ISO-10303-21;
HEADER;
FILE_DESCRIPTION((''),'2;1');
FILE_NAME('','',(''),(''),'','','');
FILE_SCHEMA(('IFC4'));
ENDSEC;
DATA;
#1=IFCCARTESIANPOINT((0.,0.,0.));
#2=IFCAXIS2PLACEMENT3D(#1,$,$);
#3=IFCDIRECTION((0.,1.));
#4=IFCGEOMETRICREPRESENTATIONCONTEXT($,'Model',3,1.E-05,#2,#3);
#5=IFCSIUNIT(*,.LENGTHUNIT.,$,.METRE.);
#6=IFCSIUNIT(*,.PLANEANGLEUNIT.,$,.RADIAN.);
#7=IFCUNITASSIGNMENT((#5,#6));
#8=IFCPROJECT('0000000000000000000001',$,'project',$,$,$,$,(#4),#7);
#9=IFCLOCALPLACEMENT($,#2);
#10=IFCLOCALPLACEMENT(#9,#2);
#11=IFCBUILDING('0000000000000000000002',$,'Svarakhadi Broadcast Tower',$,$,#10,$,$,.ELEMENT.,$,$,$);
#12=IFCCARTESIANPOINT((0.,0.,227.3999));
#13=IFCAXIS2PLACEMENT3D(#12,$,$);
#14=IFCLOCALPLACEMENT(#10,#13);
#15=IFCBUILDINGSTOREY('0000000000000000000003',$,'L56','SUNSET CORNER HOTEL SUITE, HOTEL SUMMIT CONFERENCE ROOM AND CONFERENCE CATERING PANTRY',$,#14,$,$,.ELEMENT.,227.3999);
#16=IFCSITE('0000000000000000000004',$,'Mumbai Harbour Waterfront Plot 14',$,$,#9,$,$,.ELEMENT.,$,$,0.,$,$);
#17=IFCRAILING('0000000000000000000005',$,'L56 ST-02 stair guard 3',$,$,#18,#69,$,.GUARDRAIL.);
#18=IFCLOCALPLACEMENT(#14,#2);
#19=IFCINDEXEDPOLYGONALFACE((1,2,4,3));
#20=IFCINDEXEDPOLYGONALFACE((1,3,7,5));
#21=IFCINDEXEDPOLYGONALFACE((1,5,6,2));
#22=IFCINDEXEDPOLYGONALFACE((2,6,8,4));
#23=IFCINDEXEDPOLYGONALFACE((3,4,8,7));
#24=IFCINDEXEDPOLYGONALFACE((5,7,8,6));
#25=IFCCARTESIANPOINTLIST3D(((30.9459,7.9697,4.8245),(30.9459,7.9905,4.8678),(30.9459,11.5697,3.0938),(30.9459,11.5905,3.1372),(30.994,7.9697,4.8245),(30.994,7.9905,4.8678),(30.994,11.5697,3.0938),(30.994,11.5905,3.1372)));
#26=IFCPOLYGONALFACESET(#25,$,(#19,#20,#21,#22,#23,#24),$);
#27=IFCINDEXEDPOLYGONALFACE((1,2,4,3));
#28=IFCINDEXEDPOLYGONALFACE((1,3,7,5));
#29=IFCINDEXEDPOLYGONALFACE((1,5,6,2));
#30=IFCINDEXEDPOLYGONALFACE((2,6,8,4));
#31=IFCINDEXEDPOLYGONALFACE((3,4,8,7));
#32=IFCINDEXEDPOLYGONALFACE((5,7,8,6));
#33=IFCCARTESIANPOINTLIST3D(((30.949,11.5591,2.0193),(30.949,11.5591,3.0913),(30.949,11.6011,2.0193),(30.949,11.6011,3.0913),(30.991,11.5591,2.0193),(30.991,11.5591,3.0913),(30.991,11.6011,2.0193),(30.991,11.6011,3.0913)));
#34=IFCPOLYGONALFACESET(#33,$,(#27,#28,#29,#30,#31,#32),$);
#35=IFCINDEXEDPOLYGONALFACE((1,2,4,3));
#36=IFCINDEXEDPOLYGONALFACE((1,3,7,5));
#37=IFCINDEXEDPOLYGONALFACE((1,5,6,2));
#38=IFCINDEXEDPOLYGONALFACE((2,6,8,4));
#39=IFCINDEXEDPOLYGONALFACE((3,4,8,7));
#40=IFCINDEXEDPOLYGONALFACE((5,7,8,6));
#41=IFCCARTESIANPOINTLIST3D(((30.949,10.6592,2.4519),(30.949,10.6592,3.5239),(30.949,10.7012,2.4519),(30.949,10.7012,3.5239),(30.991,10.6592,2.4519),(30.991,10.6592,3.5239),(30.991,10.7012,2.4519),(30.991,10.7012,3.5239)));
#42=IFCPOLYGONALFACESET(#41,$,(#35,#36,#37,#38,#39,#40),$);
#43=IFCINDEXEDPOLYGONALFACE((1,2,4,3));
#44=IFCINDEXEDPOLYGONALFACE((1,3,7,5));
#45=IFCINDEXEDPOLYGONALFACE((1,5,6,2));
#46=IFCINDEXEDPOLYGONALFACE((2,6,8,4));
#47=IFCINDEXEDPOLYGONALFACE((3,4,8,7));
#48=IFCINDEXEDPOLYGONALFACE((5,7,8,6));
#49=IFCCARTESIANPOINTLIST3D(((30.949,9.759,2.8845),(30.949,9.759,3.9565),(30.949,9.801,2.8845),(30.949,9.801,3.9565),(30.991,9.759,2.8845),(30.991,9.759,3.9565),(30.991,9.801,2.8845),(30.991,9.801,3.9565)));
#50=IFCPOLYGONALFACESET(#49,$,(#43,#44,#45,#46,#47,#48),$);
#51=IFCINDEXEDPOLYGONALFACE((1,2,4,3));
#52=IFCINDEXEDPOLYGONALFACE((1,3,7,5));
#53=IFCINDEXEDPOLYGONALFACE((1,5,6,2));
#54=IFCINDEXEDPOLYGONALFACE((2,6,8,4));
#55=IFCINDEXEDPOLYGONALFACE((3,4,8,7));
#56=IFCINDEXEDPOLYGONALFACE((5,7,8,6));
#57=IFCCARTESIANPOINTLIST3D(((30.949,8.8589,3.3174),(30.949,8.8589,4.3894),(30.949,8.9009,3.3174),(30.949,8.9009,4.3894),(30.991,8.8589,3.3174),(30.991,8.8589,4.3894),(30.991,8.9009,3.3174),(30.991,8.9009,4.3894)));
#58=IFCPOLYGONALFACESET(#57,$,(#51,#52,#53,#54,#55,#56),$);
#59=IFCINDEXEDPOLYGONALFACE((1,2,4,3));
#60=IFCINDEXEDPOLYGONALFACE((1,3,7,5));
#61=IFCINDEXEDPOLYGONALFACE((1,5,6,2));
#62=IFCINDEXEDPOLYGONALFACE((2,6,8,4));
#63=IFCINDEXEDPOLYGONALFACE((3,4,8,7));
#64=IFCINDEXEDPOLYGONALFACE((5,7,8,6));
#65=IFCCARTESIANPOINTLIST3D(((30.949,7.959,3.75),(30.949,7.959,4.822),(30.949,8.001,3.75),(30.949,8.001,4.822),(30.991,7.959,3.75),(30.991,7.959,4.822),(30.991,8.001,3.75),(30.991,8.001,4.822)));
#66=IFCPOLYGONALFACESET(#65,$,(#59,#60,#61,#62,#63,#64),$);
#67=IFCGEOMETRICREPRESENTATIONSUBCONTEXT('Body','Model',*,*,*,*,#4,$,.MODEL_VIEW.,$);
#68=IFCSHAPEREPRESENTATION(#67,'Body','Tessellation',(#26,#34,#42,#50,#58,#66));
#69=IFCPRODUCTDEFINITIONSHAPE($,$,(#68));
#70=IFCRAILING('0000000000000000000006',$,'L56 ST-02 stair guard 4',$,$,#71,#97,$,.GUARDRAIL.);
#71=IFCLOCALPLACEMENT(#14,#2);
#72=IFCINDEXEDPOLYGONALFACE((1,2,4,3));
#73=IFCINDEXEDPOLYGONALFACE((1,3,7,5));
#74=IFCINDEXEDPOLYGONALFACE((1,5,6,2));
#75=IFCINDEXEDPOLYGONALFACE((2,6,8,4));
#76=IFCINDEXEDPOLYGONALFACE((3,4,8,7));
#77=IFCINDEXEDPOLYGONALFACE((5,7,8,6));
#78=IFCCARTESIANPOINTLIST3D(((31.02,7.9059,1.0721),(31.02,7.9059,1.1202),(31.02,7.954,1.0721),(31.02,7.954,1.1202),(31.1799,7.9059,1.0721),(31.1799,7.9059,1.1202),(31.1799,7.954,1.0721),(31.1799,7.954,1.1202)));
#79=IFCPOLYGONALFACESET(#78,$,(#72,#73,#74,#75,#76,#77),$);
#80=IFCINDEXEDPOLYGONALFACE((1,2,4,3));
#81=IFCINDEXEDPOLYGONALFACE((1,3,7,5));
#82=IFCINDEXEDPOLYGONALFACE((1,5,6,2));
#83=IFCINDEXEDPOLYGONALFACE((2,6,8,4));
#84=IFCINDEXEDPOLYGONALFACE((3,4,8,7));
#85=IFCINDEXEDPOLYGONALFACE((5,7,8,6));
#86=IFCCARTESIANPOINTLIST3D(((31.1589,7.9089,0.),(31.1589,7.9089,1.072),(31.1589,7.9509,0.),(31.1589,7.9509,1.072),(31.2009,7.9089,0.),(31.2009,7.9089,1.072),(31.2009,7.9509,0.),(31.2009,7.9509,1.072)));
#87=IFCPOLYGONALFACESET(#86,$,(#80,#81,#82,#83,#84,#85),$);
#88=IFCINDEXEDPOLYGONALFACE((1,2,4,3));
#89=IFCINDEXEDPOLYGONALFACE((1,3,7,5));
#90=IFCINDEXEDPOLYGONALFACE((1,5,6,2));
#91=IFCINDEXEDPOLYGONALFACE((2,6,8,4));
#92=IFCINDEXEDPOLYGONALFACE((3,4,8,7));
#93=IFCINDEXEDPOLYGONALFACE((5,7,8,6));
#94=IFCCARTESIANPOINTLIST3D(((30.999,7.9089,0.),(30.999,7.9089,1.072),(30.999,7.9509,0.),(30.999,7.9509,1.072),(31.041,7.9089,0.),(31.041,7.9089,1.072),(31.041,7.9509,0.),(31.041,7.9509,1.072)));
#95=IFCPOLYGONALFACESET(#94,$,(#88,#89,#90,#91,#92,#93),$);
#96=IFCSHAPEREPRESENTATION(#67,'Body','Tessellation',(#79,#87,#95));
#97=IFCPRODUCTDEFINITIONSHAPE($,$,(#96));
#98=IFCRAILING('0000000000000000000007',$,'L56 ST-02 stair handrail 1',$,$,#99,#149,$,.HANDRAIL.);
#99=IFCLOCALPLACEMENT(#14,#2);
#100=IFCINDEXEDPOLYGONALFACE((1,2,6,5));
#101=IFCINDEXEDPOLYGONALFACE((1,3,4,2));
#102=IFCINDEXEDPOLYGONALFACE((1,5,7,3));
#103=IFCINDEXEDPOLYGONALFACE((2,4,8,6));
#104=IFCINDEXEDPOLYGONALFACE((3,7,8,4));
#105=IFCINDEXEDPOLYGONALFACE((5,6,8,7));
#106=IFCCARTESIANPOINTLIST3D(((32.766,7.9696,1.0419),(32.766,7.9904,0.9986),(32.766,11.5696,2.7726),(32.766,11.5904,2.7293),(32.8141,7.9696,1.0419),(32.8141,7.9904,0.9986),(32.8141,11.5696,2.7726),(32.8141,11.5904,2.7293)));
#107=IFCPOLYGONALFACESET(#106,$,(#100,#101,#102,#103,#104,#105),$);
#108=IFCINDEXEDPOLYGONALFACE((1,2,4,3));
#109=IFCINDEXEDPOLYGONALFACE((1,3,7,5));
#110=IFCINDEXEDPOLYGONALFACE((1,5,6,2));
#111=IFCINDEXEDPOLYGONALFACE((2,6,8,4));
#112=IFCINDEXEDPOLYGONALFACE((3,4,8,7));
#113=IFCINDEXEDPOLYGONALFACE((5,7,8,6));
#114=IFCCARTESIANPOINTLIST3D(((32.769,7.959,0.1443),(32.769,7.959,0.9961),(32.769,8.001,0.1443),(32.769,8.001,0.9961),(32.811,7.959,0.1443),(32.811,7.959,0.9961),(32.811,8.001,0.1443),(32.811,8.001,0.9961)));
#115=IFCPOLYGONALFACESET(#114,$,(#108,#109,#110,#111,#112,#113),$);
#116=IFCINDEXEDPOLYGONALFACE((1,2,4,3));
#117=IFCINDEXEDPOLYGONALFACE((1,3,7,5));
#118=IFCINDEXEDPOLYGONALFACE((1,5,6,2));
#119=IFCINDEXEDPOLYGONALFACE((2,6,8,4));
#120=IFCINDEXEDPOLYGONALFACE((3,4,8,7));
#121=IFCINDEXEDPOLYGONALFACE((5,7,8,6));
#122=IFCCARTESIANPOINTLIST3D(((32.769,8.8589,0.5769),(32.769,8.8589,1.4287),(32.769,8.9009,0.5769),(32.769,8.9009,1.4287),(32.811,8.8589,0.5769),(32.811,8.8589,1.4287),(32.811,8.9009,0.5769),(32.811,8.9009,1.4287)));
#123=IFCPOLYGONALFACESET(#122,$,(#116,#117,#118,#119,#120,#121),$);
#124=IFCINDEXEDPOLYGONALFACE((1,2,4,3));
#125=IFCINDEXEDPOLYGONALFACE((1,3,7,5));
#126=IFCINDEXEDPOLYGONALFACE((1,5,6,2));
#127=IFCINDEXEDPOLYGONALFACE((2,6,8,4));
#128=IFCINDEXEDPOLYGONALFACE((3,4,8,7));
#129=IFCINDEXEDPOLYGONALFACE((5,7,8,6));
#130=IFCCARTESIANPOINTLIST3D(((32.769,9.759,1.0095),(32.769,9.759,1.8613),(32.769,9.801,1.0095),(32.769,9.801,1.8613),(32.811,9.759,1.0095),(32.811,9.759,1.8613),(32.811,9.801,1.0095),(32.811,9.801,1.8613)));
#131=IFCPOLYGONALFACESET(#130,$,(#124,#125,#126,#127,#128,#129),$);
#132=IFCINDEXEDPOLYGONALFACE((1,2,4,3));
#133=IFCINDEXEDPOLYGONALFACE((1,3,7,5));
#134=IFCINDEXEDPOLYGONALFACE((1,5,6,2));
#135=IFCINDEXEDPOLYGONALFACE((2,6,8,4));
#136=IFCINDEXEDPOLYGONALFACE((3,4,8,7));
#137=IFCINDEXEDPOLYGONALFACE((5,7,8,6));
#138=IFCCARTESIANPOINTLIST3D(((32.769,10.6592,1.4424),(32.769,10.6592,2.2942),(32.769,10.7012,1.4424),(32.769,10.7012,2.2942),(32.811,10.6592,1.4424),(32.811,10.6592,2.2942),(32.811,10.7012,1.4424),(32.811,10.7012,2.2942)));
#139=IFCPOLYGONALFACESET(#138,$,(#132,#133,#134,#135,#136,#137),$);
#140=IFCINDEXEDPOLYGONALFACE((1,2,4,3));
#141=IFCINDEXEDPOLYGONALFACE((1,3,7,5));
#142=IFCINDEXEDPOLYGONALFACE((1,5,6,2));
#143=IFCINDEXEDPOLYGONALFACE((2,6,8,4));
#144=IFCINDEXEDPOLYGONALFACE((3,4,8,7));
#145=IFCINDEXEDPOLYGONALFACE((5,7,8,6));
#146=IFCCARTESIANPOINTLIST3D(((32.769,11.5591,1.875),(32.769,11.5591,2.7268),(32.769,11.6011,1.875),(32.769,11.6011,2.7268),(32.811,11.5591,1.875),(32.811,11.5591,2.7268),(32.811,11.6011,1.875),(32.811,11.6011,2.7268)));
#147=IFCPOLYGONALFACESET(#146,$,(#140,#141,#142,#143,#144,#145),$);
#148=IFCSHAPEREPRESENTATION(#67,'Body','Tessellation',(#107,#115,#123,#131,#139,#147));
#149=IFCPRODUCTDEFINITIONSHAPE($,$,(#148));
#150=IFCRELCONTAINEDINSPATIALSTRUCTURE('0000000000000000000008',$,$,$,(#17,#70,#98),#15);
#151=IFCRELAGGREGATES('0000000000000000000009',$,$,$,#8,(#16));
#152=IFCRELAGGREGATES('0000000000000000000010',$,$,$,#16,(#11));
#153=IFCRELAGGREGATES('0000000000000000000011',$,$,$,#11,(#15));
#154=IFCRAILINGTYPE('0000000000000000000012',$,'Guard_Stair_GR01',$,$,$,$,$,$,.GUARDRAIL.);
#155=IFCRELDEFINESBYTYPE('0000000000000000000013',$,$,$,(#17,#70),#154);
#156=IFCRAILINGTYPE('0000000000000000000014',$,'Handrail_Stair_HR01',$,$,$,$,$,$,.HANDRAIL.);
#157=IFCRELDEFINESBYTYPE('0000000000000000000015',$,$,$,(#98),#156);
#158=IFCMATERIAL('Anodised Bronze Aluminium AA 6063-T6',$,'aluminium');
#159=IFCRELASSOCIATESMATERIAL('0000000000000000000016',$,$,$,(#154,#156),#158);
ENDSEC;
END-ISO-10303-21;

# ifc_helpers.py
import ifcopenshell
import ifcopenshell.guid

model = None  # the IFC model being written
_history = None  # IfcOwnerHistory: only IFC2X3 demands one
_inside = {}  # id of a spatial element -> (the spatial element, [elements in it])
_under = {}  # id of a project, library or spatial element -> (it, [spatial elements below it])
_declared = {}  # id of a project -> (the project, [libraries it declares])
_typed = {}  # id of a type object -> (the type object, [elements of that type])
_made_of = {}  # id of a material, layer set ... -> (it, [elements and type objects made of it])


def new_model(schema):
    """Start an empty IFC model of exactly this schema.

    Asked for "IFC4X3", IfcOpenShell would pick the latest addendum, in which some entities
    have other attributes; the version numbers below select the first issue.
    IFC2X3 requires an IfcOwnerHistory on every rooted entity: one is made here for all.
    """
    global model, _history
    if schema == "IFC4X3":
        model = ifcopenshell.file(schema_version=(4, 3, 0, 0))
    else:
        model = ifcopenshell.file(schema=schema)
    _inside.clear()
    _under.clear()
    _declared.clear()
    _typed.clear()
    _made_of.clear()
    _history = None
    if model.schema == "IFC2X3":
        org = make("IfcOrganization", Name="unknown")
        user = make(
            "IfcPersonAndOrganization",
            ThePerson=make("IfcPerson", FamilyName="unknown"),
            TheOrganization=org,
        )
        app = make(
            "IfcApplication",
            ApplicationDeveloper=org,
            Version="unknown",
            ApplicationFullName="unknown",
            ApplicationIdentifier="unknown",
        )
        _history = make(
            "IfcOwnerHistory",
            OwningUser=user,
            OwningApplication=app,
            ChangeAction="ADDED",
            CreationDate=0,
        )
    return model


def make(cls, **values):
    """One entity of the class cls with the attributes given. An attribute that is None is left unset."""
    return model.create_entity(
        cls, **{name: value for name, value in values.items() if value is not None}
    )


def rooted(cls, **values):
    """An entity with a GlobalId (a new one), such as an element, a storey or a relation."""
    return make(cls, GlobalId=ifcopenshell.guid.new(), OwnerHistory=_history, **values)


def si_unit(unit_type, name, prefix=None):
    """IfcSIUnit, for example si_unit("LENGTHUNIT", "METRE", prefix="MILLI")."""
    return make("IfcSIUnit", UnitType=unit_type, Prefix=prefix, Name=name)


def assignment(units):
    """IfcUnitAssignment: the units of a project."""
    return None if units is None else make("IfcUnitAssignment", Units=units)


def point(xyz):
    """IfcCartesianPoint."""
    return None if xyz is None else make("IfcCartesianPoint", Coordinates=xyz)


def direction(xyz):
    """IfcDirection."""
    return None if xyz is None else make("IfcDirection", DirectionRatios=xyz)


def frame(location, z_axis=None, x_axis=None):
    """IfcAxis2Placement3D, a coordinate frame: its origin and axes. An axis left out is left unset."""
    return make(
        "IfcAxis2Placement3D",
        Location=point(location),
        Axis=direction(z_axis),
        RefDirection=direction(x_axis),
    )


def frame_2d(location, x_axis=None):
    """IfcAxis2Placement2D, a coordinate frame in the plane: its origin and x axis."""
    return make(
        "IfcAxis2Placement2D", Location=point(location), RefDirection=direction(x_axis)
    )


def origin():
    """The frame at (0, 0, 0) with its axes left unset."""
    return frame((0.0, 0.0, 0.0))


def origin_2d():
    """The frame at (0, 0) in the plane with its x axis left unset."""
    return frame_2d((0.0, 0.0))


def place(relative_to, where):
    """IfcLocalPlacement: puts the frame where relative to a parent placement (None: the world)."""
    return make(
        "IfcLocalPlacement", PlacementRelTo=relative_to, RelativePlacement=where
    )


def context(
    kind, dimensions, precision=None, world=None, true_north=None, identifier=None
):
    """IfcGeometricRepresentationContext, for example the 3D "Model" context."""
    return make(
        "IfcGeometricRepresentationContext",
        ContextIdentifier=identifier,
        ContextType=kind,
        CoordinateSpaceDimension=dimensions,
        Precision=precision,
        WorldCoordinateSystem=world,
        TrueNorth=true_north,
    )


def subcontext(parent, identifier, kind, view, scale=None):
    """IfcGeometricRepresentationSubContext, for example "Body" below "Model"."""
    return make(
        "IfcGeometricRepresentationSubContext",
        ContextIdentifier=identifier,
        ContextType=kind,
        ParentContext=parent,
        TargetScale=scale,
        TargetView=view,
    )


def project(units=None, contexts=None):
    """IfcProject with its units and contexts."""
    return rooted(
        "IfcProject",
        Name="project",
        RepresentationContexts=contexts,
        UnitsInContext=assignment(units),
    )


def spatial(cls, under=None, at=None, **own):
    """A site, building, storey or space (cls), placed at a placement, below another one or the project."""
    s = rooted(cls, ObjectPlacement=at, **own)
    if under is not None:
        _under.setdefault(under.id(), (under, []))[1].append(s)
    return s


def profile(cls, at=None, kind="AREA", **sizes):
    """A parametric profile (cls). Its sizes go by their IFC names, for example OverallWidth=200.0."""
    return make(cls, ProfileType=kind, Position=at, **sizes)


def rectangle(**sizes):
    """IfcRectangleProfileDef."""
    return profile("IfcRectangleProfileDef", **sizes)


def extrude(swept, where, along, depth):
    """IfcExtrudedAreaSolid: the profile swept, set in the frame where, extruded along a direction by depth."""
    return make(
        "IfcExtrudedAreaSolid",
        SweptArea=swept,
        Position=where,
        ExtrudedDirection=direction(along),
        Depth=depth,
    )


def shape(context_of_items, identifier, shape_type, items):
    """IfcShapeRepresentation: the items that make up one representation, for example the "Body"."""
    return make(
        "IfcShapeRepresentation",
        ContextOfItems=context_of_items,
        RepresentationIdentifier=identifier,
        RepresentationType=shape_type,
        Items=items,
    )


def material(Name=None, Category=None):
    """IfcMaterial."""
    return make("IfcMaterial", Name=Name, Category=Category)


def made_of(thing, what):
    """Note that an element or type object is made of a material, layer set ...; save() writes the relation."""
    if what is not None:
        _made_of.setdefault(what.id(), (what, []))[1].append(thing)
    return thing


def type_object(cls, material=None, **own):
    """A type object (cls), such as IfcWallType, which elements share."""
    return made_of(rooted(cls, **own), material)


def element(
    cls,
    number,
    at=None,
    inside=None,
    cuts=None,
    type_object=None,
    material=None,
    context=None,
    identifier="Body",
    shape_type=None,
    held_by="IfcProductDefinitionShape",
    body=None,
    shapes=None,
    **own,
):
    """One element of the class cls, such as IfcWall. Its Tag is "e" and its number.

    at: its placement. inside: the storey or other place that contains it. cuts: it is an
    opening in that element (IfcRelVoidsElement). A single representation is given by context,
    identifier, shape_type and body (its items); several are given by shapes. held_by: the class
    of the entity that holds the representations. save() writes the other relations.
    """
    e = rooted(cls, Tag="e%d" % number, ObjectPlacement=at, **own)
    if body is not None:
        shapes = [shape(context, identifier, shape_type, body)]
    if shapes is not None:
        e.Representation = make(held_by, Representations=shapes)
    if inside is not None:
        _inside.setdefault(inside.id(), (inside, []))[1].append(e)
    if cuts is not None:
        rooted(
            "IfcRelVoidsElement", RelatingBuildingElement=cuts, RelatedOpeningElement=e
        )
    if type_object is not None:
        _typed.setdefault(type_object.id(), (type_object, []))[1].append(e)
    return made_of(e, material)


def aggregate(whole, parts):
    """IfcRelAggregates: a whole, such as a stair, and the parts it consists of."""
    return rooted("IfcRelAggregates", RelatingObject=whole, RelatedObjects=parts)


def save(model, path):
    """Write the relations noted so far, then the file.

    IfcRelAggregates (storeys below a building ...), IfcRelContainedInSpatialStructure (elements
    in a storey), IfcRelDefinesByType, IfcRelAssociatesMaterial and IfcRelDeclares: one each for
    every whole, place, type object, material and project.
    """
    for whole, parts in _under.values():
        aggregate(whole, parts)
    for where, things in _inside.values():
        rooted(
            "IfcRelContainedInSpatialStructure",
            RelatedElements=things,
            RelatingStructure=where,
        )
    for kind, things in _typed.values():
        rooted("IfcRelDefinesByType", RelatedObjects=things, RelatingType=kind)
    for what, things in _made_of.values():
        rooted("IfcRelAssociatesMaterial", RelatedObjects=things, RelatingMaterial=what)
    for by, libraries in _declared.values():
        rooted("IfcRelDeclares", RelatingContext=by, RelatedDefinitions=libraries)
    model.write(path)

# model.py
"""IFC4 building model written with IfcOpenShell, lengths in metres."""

from ifc_helpers import new_model, si_unit, direction, frame, origin, origin_2d, place, context, subcontext, project, spatial, rectangle, extrude, material, type_object, element, save


model = new_model("IFC4")

# Units and contexts
model_context = context("Model", 3, precision=1e-05, world=origin(), true_north=direction((0.0, 1.0)))
body_context = subcontext(model_context, "Body", "Model", "MODEL_VIEW")
ifc_project = project(units=[si_unit("LENGTHUNIT", "METRE"), si_unit("PLANEANGLEUNIT", "RADIAN")], contexts=[model_context])

# Site, building, storey
site_placement = place(None, origin())
site = spatial("IfcSite", under=ifc_project, at=site_placement, Name="Mumbai Harbour Waterfront Plot 14", CompositionType="ELEMENT", RefElevation=0.0)
building_placement = place(site_placement, origin())
building = spatial("IfcBuilding", under=site, at=building_placement, Name="Svarakhadi Broadcast Tower", CompositionType="ELEMENT")
storey_placement = place(building_placement, frame((0.0, 0.0, 227.3999)))
storey = spatial("IfcBuildingStorey", under=building, at=storey_placement, Name="L56", Description="SUNSET CORNER HOTEL SUITE, HOTEL SUMMIT CONFERENCE ROOM AND CONFERENCE CATERING PANTRY", CompositionType="ELEMENT", Elevation=227.3999)

# Shared definitions
ifc_material_1 = material(Name="Anodised Bronze Aluminium AA 6063-T6", Category="aluminium")

# Railings
railing_type_1 = type_object("IfcRailingType", Name="Guard_Stair_GR01", PredefinedType="GUARDRAIL", material=ifc_material_1)
railing_1_placement = place(storey_placement, frame((30.97, 11.5801, 2.0193)))
element("IfcRailing", 1, at=railing_1_placement, inside=storey, type_object=railing_type_1, Name="L56 ST-02 stair guard 3", PredefinedType="GUARDRAIL", context=body_context, shape_type="SweptSolid", body=[
    extrude(rectangle(XDim=0.0481, YDim=0.0481, at=origin_2d()), frame((0.0, 0.0, 1.0962), z_axis=(0.0, -0.901263, 0.433273), x_axis=(1.0, 0.0, 0.0)), (0.0, 0.0, 1.0), 3.9944),
    extrude(rectangle(XDim=0.042, YDim=0.042, at=origin_2d()), origin(), (0.0, 0.0, 1.0), 1.072),
    extrude(rectangle(XDim=0.042, YDim=0.042, at=origin_2d()), frame((0.0, -0.8999, 0.4326)), (0.0, 0.0, 1.0), 1.072),
    extrude(rectangle(XDim=0.042, YDim=0.042, at=origin_2d()), frame((0.0, -1.8, 0.8652)), (0.0, 0.0, 1.0), 1.072),
    extrude(rectangle(XDim=0.042, YDim=0.042, at=origin_2d()), frame((0.0, -2.7002, 1.2981)), (0.0, 0.0, 1.0), 1.072),
    extrude(rectangle(XDim=0.042, YDim=0.042, at=origin_2d()), frame((0.0, -3.6001, 1.7307)), (0.0, 0.0, 1.0), 1.072),
])
railing_2_placement = place(storey_placement, frame((31.1799, 7.9299, 0.0)))
element("IfcRailing", 2, at=railing_2_placement, inside=storey, type_object=railing_type_1, Name="L56 ST-02 stair guard 4", PredefinedType="GUARDRAIL", context=body_context, shape_type="SweptSolid", body=[
    extrude(rectangle(XDim=0.0481, YDim=0.0481, at=origin_2d()), frame((0.0, 0.0, 1.0962), z_axis=(-1.0, 0.0, 0.0), x_axis=(0.0, -1.0, 0.0)), (0.0, 0.0, 1.0), 0.1599),
    extrude(rectangle(XDim=0.042, YDim=0.042, at=origin_2d()), origin(), (0.0, 0.0, 1.0), 1.072),
    extrude(rectangle(XDim=0.042, YDim=0.042, at=origin_2d()), frame((-0.1599, 0.0, 0.0)), (0.0, 0.0, 1.0), 1.072),
])
railing_type_2 = type_object("IfcRailingType", Name="Handrail_Stair_HR01", PredefinedType="HANDRAIL", material=ifc_material_1)
railing_3_placement = place(storey_placement, frame((32.79, 7.98, 0.1443)))
element("IfcRailing", 3, at=railing_3_placement, inside=storey, type_object=railing_type_2, Name="L56 ST-02 stair handrail 1", PredefinedType="HANDRAIL", context=body_context, shape_type="SweptSolid", body=[
    extrude(rectangle(XDim=0.0481, YDim=0.0481, at=origin_2d()), frame((0.0, 0.0, 0.876), z_axis=(0.0, 0.901263, 0.433273), x_axis=(-1.0, 0.0, 0.0)), (0.0, 0.0, 1.0), 3.9944),
    extrude(rectangle(XDim=0.042, YDim=0.042, at=origin_2d()), origin(), (0.0, 0.0, 1.0), 0.8518),
    extrude(rectangle(XDim=0.042, YDim=0.042, at=origin_2d()), frame((0.0, 0.8999, 0.4326)), (0.0, 0.0, 1.0), 0.8518),
    extrude(rectangle(XDim=0.042, YDim=0.042, at=origin_2d()), frame((0.0, 1.8, 0.8652)), (0.0, 0.0, 1.0), 0.8518),
    extrude(rectangle(XDim=0.042, YDim=0.042, at=origin_2d()), frame((0.0, 2.7002, 1.2981)), (0.0, 0.0, 1.0), 0.8518),
    extrude(rectangle(XDim=0.042, YDim=0.042, at=origin_2d()), frame((0.0, 3.6001, 1.7307)), (0.0, 0.0, 1.0), 0.8518),
])

save(model, "model.ifc")
